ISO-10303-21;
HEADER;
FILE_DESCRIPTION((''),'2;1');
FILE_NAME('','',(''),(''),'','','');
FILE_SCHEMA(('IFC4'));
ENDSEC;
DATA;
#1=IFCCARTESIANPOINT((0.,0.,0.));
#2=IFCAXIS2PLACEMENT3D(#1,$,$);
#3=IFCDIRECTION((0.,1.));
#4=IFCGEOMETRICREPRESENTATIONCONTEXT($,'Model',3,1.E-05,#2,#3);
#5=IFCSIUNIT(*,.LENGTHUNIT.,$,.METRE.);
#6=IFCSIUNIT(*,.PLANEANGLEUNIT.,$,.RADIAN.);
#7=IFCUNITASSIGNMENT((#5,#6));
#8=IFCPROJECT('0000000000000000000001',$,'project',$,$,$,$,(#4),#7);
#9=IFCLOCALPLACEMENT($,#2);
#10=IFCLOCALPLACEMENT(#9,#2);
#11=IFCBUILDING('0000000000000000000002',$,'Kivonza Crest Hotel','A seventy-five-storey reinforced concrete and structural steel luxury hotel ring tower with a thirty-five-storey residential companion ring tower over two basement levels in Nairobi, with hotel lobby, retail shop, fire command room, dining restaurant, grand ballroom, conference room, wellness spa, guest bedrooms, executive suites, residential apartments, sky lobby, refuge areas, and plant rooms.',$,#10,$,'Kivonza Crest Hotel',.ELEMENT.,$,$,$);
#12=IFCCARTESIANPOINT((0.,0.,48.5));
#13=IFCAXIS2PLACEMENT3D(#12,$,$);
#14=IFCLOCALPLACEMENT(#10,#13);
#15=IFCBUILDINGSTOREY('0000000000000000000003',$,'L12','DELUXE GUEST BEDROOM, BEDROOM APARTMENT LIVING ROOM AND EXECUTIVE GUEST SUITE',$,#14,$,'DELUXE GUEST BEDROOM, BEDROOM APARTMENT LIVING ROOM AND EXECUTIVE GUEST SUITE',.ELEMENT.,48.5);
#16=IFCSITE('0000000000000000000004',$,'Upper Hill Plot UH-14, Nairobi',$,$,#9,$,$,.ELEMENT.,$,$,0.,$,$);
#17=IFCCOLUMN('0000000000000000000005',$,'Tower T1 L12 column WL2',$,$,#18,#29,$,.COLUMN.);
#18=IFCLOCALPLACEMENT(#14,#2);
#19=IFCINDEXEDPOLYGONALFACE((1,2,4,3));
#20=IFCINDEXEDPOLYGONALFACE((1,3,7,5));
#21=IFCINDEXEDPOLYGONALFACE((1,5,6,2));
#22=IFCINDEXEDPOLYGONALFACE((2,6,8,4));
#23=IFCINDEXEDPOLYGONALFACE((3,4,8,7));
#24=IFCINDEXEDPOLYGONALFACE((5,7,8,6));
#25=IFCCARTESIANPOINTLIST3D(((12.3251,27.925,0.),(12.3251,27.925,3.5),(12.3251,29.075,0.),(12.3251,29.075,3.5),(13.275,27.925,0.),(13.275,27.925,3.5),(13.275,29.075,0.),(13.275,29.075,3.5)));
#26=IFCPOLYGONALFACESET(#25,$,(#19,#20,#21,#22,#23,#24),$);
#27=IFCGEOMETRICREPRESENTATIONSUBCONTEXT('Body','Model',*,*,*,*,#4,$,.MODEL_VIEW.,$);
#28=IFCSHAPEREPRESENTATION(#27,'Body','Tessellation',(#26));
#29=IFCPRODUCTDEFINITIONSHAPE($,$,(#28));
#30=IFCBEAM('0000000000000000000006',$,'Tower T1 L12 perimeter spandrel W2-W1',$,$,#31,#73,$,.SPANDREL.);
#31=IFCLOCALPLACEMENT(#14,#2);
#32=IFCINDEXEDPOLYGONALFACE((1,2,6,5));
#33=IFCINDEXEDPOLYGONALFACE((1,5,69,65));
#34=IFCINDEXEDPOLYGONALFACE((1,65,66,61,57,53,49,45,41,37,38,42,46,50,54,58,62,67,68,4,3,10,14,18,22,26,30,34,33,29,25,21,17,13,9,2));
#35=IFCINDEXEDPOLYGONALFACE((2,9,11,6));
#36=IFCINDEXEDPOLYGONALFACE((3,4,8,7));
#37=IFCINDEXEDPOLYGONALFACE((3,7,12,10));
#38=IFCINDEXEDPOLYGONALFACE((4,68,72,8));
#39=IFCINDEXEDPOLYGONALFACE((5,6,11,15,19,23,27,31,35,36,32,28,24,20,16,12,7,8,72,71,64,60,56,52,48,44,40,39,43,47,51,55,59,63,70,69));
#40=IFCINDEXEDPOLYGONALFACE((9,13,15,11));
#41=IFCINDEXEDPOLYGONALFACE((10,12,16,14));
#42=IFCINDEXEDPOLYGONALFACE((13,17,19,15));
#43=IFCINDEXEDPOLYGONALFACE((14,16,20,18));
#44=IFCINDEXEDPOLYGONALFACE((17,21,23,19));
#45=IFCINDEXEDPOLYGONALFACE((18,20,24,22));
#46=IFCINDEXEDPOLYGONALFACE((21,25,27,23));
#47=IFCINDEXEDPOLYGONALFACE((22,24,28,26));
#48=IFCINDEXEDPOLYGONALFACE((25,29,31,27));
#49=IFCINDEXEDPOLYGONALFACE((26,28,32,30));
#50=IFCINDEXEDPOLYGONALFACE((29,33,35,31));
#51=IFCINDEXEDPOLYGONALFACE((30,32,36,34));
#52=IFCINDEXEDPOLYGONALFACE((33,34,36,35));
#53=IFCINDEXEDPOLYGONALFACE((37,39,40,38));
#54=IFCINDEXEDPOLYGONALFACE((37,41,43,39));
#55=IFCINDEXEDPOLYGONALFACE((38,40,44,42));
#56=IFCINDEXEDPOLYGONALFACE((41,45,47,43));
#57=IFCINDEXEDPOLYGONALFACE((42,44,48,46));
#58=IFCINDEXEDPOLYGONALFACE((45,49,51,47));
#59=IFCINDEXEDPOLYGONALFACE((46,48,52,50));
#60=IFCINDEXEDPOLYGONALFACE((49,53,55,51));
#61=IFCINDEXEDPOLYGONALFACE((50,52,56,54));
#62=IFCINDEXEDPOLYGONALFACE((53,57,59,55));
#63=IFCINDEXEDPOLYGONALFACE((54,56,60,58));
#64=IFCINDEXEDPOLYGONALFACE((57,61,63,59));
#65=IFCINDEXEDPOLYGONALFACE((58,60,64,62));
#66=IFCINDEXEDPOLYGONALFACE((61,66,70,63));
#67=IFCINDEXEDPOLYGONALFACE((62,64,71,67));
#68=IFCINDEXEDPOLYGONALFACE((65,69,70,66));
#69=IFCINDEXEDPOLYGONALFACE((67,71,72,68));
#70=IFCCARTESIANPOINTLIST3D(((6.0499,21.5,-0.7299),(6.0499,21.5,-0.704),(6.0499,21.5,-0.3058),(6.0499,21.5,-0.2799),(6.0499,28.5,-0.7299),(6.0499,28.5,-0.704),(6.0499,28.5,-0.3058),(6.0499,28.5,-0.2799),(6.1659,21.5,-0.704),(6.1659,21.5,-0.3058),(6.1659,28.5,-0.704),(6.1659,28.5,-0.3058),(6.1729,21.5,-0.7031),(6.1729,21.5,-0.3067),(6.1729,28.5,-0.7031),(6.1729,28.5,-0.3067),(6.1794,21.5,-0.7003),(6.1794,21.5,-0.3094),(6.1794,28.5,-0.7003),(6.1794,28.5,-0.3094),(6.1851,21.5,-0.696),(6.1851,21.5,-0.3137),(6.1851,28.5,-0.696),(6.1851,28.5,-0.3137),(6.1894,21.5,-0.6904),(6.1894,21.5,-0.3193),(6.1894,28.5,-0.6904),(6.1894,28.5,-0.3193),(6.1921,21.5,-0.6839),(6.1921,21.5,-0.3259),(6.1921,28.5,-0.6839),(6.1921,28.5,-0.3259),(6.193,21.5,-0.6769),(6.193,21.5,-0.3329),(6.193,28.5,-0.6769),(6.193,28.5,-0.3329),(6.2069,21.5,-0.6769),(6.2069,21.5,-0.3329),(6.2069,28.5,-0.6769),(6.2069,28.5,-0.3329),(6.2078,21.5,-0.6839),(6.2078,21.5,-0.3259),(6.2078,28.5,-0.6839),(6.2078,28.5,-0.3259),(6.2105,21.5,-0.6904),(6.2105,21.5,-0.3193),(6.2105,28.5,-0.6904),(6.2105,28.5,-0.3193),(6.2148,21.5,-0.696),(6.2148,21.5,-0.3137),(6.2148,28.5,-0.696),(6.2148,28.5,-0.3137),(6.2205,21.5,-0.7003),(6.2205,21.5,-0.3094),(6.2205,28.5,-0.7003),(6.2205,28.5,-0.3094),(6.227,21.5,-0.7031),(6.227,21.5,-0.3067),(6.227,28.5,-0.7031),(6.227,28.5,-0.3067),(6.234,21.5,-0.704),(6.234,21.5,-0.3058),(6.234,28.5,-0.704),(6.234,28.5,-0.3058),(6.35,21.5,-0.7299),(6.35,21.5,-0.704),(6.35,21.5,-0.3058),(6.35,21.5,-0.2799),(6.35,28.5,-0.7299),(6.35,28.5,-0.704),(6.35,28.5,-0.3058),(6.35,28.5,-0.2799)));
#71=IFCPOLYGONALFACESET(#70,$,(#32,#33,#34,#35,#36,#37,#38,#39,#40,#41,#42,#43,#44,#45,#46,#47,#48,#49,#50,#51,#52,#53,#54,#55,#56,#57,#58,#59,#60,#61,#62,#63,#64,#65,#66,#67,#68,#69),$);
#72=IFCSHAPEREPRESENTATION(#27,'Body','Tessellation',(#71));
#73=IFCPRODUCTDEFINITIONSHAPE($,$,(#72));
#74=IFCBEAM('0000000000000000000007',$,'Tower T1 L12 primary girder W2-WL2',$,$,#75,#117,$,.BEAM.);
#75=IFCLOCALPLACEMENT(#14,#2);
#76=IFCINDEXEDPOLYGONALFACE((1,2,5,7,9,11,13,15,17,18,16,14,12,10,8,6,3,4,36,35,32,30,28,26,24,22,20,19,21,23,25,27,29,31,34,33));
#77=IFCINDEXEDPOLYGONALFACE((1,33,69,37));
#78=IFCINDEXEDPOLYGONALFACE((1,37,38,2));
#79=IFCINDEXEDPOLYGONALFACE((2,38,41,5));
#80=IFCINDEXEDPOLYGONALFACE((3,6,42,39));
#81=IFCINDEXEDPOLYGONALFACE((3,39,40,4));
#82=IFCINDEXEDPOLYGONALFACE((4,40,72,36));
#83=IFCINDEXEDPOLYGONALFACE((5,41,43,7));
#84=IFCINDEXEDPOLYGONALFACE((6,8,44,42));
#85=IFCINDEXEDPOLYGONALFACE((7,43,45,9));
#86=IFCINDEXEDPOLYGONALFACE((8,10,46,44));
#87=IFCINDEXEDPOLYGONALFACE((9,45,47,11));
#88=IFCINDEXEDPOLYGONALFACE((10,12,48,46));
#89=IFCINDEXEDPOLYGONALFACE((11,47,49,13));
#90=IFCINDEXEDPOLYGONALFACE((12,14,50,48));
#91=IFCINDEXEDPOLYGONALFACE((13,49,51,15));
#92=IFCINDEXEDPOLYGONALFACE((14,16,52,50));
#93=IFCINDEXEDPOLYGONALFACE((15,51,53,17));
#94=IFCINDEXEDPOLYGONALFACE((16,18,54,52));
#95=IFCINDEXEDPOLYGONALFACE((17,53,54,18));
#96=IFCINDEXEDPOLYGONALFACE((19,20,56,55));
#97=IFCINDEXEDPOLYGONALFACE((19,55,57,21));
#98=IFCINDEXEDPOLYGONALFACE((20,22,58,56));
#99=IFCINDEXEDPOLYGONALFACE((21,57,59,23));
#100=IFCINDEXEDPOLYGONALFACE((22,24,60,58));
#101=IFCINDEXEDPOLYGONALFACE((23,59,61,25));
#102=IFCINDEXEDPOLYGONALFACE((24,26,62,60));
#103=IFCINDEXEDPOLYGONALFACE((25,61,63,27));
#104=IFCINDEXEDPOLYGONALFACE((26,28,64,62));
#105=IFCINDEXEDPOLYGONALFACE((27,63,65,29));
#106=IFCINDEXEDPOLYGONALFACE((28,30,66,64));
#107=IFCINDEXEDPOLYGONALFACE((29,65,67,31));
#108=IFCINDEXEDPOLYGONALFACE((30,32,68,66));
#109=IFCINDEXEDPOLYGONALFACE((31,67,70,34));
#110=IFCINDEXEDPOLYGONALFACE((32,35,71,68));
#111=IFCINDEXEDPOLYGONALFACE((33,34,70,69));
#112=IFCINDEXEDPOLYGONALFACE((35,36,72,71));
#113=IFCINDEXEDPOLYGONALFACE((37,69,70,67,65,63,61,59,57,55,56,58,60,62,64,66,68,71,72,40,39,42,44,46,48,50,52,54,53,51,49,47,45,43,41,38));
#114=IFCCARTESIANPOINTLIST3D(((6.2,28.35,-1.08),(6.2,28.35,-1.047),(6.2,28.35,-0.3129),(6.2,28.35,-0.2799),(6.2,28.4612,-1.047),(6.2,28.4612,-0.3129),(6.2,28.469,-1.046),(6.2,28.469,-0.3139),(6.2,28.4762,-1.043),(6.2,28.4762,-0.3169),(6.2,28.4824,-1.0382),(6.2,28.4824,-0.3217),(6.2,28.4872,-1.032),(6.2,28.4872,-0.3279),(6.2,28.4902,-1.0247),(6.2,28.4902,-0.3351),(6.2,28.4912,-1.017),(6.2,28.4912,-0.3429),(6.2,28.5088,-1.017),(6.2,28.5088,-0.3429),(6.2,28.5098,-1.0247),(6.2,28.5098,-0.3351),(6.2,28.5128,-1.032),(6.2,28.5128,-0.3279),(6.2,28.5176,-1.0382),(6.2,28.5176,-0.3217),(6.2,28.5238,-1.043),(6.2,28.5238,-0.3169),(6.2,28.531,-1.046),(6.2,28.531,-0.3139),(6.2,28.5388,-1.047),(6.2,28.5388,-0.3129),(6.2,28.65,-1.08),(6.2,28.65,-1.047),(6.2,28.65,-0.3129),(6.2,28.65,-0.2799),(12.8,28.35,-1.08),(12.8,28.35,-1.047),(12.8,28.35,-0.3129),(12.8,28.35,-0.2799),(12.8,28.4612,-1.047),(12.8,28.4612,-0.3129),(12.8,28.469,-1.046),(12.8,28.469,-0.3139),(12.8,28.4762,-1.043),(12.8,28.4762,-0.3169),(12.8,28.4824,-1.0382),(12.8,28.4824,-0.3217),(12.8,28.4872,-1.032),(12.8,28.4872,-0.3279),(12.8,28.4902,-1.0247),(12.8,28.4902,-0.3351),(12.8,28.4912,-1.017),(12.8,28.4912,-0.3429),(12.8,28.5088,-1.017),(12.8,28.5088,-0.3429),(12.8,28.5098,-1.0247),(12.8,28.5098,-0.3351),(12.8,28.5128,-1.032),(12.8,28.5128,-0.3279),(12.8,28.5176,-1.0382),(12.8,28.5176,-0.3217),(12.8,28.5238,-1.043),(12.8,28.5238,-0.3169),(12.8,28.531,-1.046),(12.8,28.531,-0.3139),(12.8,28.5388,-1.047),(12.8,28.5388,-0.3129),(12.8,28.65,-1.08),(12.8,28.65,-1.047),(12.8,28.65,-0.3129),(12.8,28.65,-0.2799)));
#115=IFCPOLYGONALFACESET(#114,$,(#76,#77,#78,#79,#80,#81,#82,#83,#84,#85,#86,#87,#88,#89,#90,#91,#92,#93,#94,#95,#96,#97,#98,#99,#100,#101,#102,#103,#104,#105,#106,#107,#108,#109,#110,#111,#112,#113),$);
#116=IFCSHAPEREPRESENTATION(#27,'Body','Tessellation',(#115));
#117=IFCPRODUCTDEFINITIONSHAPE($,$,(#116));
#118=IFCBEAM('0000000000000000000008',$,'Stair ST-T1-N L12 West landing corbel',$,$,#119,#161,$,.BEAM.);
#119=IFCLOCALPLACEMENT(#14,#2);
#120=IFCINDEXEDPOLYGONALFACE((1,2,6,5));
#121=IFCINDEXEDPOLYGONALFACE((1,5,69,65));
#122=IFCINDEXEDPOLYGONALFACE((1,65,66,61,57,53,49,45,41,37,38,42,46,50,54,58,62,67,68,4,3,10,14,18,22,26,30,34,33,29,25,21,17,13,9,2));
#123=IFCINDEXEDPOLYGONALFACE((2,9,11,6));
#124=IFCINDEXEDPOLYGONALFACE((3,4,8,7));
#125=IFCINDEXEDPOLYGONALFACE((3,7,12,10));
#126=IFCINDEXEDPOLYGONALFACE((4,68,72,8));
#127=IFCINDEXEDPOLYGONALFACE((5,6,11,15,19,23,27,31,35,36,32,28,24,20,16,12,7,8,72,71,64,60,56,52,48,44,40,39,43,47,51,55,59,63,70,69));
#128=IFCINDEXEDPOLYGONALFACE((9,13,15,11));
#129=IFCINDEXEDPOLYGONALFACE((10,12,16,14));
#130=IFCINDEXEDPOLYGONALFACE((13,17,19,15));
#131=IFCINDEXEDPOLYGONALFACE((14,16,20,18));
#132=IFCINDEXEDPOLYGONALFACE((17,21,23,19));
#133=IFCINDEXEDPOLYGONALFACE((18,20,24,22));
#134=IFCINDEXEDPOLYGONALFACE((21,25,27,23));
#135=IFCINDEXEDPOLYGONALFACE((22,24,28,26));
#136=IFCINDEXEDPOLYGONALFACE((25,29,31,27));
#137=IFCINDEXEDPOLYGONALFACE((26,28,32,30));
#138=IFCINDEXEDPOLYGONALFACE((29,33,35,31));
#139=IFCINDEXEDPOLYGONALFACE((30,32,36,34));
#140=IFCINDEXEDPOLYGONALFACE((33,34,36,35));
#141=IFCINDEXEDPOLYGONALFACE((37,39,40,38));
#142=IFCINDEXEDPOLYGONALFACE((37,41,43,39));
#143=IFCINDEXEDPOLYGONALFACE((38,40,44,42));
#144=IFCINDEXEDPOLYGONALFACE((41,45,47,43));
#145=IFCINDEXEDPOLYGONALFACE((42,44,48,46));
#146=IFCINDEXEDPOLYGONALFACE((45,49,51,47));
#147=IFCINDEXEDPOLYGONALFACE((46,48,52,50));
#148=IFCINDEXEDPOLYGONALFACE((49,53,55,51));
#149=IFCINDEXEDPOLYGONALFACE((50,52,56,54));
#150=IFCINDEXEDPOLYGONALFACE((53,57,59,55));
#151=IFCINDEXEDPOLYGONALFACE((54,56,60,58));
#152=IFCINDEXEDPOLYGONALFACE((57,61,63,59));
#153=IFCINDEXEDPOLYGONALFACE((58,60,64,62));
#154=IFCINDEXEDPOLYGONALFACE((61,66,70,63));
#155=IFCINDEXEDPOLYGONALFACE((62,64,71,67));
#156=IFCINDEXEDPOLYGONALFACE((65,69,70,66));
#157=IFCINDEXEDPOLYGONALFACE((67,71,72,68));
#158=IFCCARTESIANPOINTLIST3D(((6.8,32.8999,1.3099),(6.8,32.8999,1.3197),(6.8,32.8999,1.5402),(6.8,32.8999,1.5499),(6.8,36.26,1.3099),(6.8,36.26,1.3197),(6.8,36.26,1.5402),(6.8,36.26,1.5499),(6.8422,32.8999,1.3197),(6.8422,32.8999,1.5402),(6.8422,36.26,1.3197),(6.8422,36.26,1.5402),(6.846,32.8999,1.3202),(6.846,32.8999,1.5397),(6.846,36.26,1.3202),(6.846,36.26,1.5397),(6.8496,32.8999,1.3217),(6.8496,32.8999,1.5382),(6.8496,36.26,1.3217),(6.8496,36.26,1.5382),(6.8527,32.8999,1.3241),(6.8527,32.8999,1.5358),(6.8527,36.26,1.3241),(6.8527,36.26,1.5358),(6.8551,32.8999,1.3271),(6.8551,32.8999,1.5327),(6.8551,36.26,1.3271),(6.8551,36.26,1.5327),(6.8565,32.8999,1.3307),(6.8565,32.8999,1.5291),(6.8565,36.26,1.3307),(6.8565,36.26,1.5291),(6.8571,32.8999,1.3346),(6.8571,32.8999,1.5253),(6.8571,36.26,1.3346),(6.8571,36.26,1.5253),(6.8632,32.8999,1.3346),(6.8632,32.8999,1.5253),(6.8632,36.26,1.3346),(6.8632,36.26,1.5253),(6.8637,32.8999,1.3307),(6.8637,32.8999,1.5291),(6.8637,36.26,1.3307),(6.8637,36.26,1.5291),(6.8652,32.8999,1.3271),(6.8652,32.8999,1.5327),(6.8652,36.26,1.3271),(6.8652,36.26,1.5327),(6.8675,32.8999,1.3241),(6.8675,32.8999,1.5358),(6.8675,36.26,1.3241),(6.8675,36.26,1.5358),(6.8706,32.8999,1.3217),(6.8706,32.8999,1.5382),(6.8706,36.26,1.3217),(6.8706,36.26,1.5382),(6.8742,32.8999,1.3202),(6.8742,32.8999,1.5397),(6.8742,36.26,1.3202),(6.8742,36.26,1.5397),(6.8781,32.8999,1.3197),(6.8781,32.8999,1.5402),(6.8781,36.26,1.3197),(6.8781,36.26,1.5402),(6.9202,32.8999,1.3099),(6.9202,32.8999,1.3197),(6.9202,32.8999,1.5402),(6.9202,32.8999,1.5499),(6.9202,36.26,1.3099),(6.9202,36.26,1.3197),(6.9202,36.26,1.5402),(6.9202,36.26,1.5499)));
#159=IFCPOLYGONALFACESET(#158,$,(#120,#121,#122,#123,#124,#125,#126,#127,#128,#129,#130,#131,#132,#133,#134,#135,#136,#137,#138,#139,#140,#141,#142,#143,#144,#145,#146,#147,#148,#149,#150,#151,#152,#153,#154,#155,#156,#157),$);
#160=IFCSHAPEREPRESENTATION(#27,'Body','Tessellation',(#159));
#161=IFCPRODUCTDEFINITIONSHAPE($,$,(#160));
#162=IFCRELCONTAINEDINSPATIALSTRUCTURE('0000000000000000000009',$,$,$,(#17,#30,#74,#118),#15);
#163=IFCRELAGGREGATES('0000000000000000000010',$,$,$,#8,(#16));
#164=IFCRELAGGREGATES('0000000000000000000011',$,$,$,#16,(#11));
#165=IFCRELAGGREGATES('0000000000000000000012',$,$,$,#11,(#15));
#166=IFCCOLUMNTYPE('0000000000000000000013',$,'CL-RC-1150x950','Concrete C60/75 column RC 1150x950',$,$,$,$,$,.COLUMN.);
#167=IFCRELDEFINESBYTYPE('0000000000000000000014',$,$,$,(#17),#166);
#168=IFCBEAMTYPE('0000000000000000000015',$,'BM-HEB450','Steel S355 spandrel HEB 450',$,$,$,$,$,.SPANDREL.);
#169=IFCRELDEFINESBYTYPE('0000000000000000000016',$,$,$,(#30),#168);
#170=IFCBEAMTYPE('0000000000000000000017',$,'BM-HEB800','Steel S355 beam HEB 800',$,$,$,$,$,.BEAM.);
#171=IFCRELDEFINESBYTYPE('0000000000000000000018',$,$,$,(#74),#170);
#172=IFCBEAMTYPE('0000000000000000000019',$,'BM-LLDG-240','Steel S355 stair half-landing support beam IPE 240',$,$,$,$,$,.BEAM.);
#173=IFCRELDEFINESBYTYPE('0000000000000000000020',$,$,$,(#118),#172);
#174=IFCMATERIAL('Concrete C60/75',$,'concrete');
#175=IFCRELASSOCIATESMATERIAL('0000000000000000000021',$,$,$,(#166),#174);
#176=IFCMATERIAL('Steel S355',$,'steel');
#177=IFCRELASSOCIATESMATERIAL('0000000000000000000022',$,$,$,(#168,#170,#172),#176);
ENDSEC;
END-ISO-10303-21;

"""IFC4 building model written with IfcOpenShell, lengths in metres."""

from ifc_helpers import new_model, si_unit, direction, frame, origin, origin_2d, place, context, subcontext, project, spatial, rectangle, i_section, extrude, material, material_profile, profile_set, type_object, element, save


model = new_model("IFC4")

# Units and contexts
model_context = context("Model", 3, precision=1e-05, world=origin(), true_north=direction((0.0, 1.0)))
body_context = subcontext(model_context, "Body", "Model", "MODEL_VIEW")
ifc_project = project(units=[si_unit("LENGTHUNIT", "METRE"), si_unit("PLANEANGLEUNIT", "RADIAN")], contexts=[model_context])

# Site, building, storey
site_placement = place(None, origin())
site = spatial("IfcSite", under=ifc_project, at=site_placement, Name="Upper Hill Plot UH-14, Nairobi", CompositionType="ELEMENT", RefElevation=0.0)
building_placement = place(site_placement, origin())
building = spatial("IfcBuilding", under=site, at=building_placement, Name="Kivonza Crest Hotel", Description="A seventy-five-storey reinforced concrete and structural steel luxury hotel ring tower with a thirty-five-storey residential companion ring tower over two basement levels in Nairobi, with hotel lobby, retail shop, fire command room, dining restaurant, grand ballroom, conference room, wellness spa, guest bedrooms, executive suites, residential apartments, sky lobby, refuge areas, and plant rooms.", LongName="Kivonza Crest Hotel", CompositionType="ELEMENT")
storey_placement = place(building_placement, frame((0.0, 0.0, 48.5)))
storey = spatial("IfcBuildingStorey", under=building, at=storey_placement, Name="L12", Description="DELUXE GUEST BEDROOM, BEDROOM APARTMENT LIVING ROOM AND EXECUTIVE GUEST SUITE", LongName="DELUXE GUEST BEDROOM, BEDROOM APARTMENT LIVING ROOM AND EXECUTIVE GUEST SUITE", CompositionType="ELEMENT", Elevation=48.5)

# Column
ifc_material_1 = material(Name="Concrete C60/75", Category="concrete")
ifc_material_profile_1 = material_profile(ifc_material_1, rectangle(XDim=0.95, YDim=1.1499, at=origin_2d()), Name="RC 1150x950")
ifc_profile_set_1 = profile_set([ifc_material_profile_1], Name="Concrete C60/75")
column_type = type_object("IfcColumnType", Name="CL-RC-1150x950", Description="Concrete C60/75 column RC 1150x950", PredefinedType="COLUMN", material=ifc_profile_set_1)
column_placement = place(storey_placement, frame((12.8, 28.5, 0.0), z_axis=(0.0, 0.0, 1.0), x_axis=(1.0, 0.0, 0.0)))
element("IfcColumn", 1, at=column_placement, inside=storey, type_object=column_type, Name="Tower T1 L12 column WL2", PredefinedType="COLUMN", context=body_context, shape_type="SweptSolid", body=[
    extrude(rectangle(XDim=0.95, YDim=1.1499, at=origin_2d()), origin(), (0.0, 0.0, 1.0), 3.5),
])

# Beams
ifc_material_2 = material(Name="Steel S355", Category="steel")
ifc_material_profile_2 = material_profile(ifc_material_2, i_section(OverallWidth=0.3, OverallDepth=0.45, WebThickness=0.0139, FlangeThickness=0.0259, FilletRadius=0.0271, at=origin_2d()), Name="HEB 450")
ifc_profile_set_2 = profile_set([ifc_material_profile_2], Name="Steel S355")
beam_type_1 = type_object("IfcBeamType", Name="BM-HEB450", Description="Steel S355 spandrel HEB 450", PredefinedType="SPANDREL", material=ifc_profile_set_2)
beam_1_placement = place(storey_placement, frame((6.2, 28.5, -0.5049), z_axis=(0.0, -1.0, 0.0), x_axis=(1.0, 0.0, 0.0)))
element("IfcBeam", 2, at=beam_1_placement, inside=storey, type_object=beam_type_1, Name="Tower T1 L12 perimeter spandrel W2-W1", PredefinedType="SPANDREL", context=body_context, shape_type="SweptSolid", body=[
    extrude(i_section(OverallWidth=0.3, OverallDepth=0.45, WebThickness=0.0139, FlangeThickness=0.0259, FilletRadius=0.0271, at=origin_2d()), origin(), (0.0, 0.0, 1.0), 7.0),
])
ifc_material_profile_3 = material_profile(ifc_material_2, i_section(OverallWidth=0.3, OverallDepth=0.8, WebThickness=0.0176, FlangeThickness=0.033, FilletRadius=0.03, at=origin_2d()), Name="HEB 800")
ifc_profile_set_3 = profile_set([ifc_material_profile_3], Name="Steel S355")
beam_type_2 = type_object("IfcBeamType", Name="BM-HEB800", Description="Steel S355 beam HEB 800", PredefinedType="BEAM", material=ifc_profile_set_3)
beam_2_placement = place(storey_placement, frame((6.2, 28.5, -0.6799), z_axis=(1.0, 0.0, 0.0), x_axis=(0.0, 1.0, 0.0)))
element("IfcBeam", 3, at=beam_2_placement, inside=storey, type_object=beam_type_2, Name="Tower T1 L12 primary girder W2-WL2", PredefinedType="BEAM", context=body_context, shape_type="SweptSolid", body=[
    extrude(i_section(OverallWidth=0.3, OverallDepth=0.8, WebThickness=0.0176, FlangeThickness=0.033, FilletRadius=0.03, at=origin_2d()), origin(), (0.0, 0.0, 1.0), 6.6001),
])
ifc_material_profile_4 = material_profile(ifc_material_2, i_section(OverallWidth=0.1201, OverallDepth=0.24, WebThickness=0.0061, FlangeThickness=0.0098, FilletRadius=0.0149, at=origin_2d()), Name="IPE 240")
ifc_profile_set_4 = profile_set([ifc_material_profile_4], Name="Steel S355")
beam_type_3 = type_object("IfcBeamType", Name="BM-LLDG-240", Description="Steel S355 stair half-landing support beam IPE 240", PredefinedType="BEAM", material=ifc_profile_set_4)
beam_3_placement = place(storey_placement, frame((6.8601, 32.8999, 1.4299), z_axis=(0.0, 1.0, 0.0), x_axis=(-1.0, 0.0, 0.0)))
element("IfcBeam", 4, at=beam_3_placement, inside=storey, type_object=beam_type_3, Name="Stair ST-T1-N L12 West landing corbel", PredefinedType="BEAM", context=body_context, shape_type="SweptSolid", body=[
    extrude(i_section(OverallWidth=0.1201, OverallDepth=0.24, WebThickness=0.0061, FlangeThickness=0.0098, FilletRadius=0.0149, at=origin_2d()), origin(), (0.0, 0.0, 1.0), 3.3601),
])

save(model, "model.ifc")
